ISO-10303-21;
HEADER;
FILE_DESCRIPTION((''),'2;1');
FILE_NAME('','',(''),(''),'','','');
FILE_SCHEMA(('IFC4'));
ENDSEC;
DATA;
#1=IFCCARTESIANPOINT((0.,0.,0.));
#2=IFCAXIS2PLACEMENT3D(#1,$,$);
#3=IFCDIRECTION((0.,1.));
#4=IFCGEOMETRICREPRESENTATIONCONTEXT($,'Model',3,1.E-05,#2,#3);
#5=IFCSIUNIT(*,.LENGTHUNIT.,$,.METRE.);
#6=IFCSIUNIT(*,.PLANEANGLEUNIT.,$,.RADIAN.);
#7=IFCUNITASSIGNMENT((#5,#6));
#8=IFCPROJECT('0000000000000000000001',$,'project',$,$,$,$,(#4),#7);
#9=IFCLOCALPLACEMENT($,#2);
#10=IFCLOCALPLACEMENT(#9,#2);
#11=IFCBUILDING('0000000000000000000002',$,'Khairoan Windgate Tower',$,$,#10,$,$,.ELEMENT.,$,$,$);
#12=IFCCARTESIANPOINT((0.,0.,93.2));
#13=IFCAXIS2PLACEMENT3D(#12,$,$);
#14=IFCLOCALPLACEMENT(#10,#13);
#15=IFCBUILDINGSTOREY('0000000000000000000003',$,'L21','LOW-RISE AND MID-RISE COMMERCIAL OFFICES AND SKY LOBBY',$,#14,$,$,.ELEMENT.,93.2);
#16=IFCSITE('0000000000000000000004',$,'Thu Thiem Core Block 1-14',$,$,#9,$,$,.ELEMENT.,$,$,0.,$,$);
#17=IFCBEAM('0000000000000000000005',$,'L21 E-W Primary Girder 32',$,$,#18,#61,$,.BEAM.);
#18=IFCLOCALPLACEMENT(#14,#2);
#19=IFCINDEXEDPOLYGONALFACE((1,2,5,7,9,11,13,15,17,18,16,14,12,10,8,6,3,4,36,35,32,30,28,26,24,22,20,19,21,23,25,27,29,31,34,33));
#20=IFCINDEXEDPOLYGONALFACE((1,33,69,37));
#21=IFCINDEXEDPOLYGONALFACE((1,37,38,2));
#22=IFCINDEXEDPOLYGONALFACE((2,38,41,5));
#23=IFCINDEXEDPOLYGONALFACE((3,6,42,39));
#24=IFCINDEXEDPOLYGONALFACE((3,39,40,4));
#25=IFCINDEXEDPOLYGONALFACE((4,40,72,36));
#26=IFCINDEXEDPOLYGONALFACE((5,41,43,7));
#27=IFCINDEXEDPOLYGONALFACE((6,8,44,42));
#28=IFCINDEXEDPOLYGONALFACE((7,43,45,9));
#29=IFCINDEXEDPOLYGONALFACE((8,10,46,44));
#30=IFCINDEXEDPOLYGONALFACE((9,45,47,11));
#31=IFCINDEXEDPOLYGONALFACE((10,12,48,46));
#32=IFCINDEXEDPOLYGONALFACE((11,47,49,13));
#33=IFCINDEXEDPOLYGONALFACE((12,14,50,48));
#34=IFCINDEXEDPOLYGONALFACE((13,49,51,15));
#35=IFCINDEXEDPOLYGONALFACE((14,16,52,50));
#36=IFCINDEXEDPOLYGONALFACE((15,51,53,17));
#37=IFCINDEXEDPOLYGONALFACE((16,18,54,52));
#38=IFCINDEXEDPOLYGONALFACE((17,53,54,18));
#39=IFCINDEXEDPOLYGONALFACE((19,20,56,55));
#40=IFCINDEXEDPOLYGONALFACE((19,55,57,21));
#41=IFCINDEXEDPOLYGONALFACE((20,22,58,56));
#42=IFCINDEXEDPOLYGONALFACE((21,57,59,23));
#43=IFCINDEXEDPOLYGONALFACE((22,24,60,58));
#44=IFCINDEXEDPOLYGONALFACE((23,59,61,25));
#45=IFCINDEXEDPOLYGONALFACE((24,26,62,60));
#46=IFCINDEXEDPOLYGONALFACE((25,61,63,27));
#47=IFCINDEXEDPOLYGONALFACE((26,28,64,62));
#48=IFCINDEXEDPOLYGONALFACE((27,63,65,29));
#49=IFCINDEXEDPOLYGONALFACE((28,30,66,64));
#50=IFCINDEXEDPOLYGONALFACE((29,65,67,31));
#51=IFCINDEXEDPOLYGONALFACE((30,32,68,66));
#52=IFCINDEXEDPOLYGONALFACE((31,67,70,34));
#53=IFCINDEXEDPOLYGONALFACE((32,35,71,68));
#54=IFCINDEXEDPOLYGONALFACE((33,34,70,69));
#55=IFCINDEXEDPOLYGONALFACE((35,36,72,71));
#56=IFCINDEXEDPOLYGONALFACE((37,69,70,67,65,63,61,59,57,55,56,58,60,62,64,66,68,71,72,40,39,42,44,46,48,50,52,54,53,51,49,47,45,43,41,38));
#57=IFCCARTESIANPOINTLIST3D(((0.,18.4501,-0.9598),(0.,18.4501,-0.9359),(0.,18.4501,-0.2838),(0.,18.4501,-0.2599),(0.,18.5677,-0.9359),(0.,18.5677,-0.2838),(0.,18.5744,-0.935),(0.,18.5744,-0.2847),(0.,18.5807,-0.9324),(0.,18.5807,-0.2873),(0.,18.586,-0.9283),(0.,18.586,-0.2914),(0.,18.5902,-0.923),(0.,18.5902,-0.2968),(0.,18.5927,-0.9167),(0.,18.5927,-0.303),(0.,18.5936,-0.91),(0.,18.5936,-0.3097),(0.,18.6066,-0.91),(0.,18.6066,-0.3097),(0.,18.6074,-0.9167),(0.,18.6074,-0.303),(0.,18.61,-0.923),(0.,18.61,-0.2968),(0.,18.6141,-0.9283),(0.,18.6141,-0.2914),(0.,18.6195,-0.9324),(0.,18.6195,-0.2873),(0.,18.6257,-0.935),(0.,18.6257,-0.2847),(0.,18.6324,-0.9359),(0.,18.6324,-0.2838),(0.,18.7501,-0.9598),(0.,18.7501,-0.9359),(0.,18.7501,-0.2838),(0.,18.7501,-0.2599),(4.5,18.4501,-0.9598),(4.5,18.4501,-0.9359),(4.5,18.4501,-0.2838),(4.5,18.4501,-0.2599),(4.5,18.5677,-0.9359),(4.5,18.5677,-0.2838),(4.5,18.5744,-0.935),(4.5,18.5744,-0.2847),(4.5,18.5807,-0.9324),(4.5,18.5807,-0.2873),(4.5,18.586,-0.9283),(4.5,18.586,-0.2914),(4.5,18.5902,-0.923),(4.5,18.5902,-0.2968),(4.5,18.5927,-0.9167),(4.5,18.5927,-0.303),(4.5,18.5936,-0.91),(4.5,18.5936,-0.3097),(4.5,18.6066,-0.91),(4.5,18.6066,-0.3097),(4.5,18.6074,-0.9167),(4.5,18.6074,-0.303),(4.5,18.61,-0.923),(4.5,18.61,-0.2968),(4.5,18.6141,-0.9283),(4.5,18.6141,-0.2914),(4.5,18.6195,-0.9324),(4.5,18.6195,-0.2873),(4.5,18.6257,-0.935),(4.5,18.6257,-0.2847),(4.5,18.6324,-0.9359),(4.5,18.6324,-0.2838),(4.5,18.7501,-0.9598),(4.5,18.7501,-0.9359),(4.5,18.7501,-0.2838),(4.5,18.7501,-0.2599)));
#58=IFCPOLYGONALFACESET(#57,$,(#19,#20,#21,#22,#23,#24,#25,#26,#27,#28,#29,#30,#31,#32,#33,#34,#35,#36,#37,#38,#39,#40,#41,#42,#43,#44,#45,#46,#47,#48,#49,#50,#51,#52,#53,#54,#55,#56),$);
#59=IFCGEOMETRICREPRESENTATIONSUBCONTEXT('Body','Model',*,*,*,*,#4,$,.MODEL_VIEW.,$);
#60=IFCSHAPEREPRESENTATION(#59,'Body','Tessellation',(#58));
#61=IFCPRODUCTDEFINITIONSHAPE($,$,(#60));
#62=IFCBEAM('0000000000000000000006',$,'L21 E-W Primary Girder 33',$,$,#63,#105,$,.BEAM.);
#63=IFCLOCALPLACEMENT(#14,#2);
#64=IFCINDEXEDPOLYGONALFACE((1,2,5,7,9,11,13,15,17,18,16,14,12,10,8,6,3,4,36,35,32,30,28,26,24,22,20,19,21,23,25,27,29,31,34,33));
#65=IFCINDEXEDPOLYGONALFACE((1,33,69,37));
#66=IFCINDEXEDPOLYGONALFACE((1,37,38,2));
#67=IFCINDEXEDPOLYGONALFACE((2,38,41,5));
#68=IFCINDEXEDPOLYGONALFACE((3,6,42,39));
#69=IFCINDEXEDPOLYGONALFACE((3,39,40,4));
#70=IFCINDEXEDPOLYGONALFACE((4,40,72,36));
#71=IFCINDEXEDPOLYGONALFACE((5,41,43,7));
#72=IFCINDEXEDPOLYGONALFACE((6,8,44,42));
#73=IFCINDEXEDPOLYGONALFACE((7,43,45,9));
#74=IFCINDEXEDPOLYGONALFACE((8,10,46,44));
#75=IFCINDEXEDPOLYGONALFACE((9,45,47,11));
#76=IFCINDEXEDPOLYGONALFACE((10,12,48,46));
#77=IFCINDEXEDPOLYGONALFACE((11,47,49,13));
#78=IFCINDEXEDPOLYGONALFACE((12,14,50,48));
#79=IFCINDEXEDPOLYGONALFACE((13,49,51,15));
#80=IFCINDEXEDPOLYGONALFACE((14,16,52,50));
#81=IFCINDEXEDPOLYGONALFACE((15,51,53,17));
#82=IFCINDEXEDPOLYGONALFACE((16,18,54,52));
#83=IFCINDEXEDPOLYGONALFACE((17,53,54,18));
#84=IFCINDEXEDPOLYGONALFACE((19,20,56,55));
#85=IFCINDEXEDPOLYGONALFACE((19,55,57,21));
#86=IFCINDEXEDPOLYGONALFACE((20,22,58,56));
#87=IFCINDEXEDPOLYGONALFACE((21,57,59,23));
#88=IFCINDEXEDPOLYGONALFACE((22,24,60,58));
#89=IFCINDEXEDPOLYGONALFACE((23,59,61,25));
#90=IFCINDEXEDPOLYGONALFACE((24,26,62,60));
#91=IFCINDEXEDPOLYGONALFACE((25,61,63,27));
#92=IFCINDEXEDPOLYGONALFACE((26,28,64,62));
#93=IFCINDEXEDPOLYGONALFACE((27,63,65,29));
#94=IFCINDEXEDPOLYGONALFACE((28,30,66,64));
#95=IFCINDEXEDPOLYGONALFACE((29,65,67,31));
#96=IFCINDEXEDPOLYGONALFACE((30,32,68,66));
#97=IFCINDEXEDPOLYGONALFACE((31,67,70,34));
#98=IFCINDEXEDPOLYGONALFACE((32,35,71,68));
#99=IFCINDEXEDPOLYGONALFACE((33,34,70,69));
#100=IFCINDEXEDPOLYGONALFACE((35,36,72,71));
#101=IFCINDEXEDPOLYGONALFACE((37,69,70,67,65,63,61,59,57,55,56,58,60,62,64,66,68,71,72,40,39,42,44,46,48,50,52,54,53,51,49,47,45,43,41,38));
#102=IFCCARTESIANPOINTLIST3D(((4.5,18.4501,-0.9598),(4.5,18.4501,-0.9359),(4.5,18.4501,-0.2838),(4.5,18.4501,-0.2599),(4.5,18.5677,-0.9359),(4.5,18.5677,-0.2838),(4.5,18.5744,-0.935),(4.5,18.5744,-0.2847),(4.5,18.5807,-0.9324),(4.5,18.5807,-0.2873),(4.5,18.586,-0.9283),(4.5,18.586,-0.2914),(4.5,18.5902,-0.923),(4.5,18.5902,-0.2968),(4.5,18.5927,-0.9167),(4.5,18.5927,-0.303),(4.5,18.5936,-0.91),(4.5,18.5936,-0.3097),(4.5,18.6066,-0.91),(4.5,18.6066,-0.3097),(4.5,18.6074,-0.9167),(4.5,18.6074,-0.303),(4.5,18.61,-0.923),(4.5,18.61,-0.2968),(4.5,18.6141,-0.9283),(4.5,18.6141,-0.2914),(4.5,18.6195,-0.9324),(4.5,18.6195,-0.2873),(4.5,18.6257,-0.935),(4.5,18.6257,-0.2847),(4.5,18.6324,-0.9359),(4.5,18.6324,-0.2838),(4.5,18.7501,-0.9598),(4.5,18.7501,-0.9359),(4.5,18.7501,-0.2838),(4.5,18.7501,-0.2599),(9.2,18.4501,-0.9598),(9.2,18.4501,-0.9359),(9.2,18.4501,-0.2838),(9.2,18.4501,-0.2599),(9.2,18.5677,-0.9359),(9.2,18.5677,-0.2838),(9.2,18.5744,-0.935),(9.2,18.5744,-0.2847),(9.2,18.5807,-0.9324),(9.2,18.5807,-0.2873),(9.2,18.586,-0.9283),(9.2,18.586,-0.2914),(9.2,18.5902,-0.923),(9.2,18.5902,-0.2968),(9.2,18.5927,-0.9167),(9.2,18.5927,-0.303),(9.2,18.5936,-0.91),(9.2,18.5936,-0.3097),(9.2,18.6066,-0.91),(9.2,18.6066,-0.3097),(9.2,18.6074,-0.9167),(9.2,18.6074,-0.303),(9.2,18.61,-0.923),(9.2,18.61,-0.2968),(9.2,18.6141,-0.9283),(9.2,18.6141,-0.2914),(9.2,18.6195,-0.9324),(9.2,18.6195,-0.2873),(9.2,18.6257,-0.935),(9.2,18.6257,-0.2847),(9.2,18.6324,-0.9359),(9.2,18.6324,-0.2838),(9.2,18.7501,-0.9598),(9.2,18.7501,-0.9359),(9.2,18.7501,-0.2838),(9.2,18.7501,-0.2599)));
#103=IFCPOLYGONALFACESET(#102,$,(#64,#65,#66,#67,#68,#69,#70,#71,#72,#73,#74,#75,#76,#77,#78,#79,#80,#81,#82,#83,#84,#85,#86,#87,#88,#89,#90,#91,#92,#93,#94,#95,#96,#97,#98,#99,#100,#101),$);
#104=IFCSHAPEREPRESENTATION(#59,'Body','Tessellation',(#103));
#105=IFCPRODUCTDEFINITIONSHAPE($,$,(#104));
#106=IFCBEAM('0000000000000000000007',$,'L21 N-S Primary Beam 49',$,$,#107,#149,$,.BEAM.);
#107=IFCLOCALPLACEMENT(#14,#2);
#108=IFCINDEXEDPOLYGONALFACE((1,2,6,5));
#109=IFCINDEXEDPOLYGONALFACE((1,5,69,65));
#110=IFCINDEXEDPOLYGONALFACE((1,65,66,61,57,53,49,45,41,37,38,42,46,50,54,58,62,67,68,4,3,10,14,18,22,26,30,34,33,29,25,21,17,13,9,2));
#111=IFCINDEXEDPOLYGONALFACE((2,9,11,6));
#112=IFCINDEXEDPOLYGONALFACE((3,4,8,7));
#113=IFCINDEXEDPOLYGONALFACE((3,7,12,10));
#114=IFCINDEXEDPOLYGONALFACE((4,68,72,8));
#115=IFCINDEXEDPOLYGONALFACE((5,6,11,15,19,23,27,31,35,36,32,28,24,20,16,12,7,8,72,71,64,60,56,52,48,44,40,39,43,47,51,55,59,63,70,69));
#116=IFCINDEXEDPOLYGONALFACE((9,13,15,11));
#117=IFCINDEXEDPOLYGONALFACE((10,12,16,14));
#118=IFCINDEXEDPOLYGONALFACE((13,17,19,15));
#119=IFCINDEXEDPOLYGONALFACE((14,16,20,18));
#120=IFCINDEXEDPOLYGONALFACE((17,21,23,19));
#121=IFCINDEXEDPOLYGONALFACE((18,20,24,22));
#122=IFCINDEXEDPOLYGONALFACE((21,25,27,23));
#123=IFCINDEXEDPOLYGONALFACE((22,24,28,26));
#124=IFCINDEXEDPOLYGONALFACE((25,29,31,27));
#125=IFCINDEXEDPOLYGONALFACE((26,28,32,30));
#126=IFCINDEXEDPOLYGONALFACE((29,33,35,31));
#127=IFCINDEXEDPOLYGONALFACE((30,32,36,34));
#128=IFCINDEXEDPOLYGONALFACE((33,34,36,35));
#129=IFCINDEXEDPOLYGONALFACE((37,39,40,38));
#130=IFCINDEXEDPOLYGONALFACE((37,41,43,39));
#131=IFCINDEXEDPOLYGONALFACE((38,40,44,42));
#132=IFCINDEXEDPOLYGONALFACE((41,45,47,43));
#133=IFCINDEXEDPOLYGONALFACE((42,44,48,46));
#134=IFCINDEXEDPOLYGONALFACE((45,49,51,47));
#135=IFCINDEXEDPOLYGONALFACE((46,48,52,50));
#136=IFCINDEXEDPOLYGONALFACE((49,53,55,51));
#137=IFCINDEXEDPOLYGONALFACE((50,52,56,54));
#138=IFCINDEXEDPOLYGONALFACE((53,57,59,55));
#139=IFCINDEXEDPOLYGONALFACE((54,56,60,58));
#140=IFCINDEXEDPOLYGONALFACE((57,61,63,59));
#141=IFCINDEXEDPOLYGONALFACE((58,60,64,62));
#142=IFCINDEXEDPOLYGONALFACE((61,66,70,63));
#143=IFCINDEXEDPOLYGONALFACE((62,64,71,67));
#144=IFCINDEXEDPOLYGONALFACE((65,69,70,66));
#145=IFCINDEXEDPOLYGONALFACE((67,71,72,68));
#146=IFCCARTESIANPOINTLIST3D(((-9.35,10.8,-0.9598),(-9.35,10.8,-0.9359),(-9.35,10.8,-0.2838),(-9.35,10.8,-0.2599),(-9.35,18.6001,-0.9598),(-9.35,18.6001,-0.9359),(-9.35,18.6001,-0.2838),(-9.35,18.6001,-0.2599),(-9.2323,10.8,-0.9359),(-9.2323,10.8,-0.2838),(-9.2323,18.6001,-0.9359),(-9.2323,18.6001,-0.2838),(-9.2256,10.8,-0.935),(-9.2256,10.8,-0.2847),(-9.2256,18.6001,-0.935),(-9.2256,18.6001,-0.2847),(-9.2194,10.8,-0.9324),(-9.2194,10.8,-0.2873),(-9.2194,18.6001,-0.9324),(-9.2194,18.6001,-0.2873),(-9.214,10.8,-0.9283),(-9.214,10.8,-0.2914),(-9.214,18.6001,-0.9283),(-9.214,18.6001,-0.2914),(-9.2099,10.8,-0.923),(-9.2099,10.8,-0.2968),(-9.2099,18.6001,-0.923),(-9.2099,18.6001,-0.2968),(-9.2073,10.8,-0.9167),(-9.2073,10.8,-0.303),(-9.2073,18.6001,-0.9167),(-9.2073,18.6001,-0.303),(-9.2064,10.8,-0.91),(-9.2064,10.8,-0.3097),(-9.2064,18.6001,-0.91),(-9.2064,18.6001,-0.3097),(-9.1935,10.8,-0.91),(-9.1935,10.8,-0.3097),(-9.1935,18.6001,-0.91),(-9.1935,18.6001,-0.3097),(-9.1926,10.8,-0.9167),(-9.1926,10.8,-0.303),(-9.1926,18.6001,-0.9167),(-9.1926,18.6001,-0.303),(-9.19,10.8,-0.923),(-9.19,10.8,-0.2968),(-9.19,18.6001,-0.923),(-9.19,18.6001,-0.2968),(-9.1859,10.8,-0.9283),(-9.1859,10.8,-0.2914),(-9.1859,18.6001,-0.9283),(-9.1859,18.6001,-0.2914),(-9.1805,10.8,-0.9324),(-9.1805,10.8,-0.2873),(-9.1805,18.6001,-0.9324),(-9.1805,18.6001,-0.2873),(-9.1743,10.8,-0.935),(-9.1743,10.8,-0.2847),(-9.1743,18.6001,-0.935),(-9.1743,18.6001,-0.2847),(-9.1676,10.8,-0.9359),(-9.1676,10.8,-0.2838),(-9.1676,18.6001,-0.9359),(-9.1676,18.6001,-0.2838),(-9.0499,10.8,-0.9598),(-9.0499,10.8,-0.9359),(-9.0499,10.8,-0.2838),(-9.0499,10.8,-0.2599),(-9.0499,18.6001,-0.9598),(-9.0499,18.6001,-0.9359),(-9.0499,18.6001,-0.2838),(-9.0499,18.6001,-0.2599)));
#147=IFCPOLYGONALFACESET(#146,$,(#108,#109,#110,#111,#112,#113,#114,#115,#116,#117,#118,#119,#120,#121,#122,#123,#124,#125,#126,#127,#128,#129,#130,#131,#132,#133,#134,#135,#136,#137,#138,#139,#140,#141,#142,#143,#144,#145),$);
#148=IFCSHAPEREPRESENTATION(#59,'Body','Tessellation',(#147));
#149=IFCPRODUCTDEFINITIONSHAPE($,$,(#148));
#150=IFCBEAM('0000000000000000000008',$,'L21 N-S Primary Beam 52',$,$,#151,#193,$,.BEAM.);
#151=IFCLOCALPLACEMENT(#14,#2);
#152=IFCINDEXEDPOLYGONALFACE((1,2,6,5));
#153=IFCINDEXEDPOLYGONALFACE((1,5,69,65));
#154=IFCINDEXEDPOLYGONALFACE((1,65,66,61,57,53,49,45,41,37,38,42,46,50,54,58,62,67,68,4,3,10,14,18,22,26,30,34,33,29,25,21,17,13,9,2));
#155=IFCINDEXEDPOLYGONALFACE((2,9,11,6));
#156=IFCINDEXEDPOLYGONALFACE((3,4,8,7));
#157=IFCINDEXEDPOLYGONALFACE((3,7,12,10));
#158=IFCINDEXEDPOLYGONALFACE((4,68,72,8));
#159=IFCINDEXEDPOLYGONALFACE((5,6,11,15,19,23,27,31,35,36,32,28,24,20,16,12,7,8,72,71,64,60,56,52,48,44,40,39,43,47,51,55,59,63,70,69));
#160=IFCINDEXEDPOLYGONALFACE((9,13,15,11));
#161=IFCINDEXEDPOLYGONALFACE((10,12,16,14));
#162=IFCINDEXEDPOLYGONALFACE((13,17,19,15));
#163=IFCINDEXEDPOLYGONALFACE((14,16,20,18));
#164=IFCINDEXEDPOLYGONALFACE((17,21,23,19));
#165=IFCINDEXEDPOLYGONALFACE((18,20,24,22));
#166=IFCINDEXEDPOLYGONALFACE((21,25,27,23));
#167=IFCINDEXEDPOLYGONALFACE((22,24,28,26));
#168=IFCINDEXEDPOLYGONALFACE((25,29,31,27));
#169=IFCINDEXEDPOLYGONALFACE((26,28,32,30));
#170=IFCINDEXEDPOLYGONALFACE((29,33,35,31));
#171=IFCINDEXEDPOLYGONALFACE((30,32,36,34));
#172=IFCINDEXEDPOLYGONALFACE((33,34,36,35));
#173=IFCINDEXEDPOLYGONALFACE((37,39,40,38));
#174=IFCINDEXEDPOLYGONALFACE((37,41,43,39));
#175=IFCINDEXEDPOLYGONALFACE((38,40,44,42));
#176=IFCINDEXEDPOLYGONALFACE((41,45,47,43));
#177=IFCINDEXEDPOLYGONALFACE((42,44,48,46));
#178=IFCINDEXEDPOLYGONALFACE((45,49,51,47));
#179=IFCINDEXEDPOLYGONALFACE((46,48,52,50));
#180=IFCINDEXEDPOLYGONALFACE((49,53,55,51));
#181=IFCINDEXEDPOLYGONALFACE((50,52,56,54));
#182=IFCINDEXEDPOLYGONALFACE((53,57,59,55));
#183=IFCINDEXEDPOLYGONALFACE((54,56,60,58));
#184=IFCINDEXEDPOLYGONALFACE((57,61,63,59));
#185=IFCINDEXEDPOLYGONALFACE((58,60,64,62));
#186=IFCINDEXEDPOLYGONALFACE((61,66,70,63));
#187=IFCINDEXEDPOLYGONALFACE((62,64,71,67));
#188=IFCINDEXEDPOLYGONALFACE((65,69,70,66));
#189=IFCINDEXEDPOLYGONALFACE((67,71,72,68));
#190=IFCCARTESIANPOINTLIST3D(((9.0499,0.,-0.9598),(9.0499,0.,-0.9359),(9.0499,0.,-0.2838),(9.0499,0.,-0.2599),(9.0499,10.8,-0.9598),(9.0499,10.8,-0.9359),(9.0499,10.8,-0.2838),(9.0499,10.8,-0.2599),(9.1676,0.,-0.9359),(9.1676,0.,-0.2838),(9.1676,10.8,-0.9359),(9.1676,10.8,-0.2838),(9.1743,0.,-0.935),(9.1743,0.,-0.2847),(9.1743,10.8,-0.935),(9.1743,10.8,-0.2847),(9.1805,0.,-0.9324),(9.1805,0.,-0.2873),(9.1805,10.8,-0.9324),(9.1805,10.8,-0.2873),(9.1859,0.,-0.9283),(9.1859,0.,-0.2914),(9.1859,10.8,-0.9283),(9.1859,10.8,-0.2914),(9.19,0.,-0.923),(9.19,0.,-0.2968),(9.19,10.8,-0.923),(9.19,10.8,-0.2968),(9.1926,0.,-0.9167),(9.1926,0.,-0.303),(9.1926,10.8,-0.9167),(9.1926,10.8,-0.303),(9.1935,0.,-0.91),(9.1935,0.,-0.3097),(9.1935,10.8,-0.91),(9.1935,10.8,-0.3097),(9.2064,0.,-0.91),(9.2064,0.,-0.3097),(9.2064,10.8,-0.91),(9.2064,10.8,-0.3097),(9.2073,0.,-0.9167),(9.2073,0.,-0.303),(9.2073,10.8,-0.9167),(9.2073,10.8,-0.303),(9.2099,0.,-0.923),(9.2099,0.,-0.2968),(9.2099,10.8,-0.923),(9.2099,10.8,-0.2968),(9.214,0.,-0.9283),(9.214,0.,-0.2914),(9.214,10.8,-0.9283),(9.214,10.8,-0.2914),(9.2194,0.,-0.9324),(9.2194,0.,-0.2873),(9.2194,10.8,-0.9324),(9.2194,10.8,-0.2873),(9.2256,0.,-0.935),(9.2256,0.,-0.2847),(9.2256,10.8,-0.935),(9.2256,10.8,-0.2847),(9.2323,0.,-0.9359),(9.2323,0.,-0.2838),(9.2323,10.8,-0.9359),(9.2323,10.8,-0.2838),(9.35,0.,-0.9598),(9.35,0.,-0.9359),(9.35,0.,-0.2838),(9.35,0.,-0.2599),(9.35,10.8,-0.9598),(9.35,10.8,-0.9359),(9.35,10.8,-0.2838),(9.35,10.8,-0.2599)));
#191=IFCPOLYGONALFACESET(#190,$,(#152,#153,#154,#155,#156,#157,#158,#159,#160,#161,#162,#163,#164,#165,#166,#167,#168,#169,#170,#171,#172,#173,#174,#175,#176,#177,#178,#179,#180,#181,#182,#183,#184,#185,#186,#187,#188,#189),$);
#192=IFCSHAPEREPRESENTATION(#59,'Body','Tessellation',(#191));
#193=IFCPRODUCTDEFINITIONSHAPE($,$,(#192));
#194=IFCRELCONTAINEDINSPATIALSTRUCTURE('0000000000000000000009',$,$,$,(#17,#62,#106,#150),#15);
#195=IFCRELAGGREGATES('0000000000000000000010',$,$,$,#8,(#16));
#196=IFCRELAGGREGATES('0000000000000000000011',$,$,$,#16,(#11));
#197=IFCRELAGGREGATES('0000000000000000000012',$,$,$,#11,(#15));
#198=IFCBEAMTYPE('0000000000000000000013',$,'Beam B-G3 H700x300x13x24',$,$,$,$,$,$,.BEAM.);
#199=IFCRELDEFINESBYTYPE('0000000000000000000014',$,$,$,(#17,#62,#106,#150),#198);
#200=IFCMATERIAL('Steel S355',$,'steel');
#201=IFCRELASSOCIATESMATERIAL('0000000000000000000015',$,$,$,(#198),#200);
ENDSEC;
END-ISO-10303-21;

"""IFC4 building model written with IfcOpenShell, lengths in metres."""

from ifc_helpers import new_model, si_unit, direction, frame, origin, origin_2d, place, context, subcontext, project, spatial, i_section, extrude, material, material_profile, profile_set, type_object, element, save


model = new_model("IFC4")

# Units and contexts
model_context = context("Model", 3, precision=1e-05, world=origin(), true_north=direction((0.0, 1.0)))
body_context = subcontext(model_context, "Body", "Model", "MODEL_VIEW")
ifc_project = project(units=[si_unit("LENGTHUNIT", "METRE"), si_unit("PLANEANGLEUNIT", "RADIAN")], contexts=[model_context])

# Site, building, storey
site_placement = place(None, origin())
site = spatial("IfcSite", under=ifc_project, at=site_placement, Name="Thu Thiem Core Block 1-14", CompositionType="ELEMENT", RefElevation=0.0)
building_placement = place(site_placement, origin())
building = spatial("IfcBuilding", under=site, at=building_placement, Name="Khairoan Windgate Tower", CompositionType="ELEMENT")
storey_placement = place(building_placement, frame((0.0, 0.0, 93.2)))
storey = spatial("IfcBuildingStorey", under=building, at=storey_placement, Name="L21", Description="LOW-RISE AND MID-RISE COMMERCIAL OFFICES AND SKY LOBBY", CompositionType="ELEMENT", Elevation=93.2)

# Beams
ifc_material_1 = material(Name="Steel S355", Category="steel")
ifc_material_profile_1 = material_profile(ifc_material_1, i_section(OverallWidth=0.3, OverallDepth=0.7, WebThickness=0.0129, FlangeThickness=0.0239, FilletRadius=0.0259, at=origin_2d()))
ifc_profile_set_1 = profile_set([ifc_material_profile_1], Name="Steel S355")
beam_type_1 = type_object("IfcBeamType", Name="Beam B-G3 H700x300x13x24", PredefinedType="BEAM", material=ifc_profile_set_1)
for number, where, z_axis, x_axis, name in (
    (1, (0.0, 18.6001, -0.6099), (1.0, 0.0, 0.0), (0.0, 1.0, 0.0), "L21 E-W Primary Girder 32"),
):
    element("IfcBeam", number, at=place(storey_placement, frame(where, z_axis=z_axis, x_axis=x_axis)), inside=storey, type_object=beam_type_1, Name=name, PredefinedType="BEAM", context=body_context, shape_type="SweptSolid", body=[
        extrude(i_section(OverallWidth=0.3, OverallDepth=0.7, WebThickness=0.0129, FlangeThickness=0.0239, FilletRadius=0.0259, at=origin_2d()), origin(), (0.0, 0.0, 1.0), 4.5),
    ])
beam_1_placement = place(storey_placement, frame((4.5, 18.6001, -0.6099), z_axis=(1.0, 0.0, 0.0), x_axis=(0.0, 1.0, 0.0)))
element("IfcBeam", 2, at=beam_1_placement, inside=storey, type_object=beam_type_1, Name="L21 E-W Primary Girder 33", PredefinedType="BEAM", context=body_context, shape_type="SweptSolid", body=[
    extrude(i_section(OverallWidth=0.3, OverallDepth=0.7, WebThickness=0.0129, FlangeThickness=0.0239, FilletRadius=0.0259, at=origin_2d()), origin(), (0.0, 0.0, 1.0), 4.7),
])
beam_2_placement = place(storey_placement, frame((-9.2, 10.8, -0.6099), z_axis=(0.0, 1.0, 0.0), x_axis=(-1.0, 0.0, 0.0)))
element("IfcBeam", 3, at=beam_2_placement, inside=storey, type_object=beam_type_1, Name="L21 N-S Primary Beam 49", PredefinedType="BEAM", context=body_context, shape_type="SweptSolid", body=[
    extrude(i_section(OverallWidth=0.3, OverallDepth=0.7, WebThickness=0.0129, FlangeThickness=0.0239, FilletRadius=0.0259, at=origin_2d()), origin(), (0.0, 0.0, 1.0), 7.8),
])
beam_3_placement = place(storey_placement, frame((9.2, 0.0, -0.6099), z_axis=(0.0, 1.0, 0.0), x_axis=(-1.0, 0.0, 0.0)))
element("IfcBeam", 4, at=beam_3_placement, inside=storey, type_object=beam_type_1, Name="L21 N-S Primary Beam 52", PredefinedType="BEAM", context=body_context, shape_type="SweptSolid", body=[
    extrude(i_section(OverallWidth=0.3, OverallDepth=0.7, WebThickness=0.0129, FlangeThickness=0.0239, FilletRadius=0.0259, at=origin_2d()), origin(), (0.0, 0.0, 1.0), 10.8),
])

save(model, "model.ifc")
